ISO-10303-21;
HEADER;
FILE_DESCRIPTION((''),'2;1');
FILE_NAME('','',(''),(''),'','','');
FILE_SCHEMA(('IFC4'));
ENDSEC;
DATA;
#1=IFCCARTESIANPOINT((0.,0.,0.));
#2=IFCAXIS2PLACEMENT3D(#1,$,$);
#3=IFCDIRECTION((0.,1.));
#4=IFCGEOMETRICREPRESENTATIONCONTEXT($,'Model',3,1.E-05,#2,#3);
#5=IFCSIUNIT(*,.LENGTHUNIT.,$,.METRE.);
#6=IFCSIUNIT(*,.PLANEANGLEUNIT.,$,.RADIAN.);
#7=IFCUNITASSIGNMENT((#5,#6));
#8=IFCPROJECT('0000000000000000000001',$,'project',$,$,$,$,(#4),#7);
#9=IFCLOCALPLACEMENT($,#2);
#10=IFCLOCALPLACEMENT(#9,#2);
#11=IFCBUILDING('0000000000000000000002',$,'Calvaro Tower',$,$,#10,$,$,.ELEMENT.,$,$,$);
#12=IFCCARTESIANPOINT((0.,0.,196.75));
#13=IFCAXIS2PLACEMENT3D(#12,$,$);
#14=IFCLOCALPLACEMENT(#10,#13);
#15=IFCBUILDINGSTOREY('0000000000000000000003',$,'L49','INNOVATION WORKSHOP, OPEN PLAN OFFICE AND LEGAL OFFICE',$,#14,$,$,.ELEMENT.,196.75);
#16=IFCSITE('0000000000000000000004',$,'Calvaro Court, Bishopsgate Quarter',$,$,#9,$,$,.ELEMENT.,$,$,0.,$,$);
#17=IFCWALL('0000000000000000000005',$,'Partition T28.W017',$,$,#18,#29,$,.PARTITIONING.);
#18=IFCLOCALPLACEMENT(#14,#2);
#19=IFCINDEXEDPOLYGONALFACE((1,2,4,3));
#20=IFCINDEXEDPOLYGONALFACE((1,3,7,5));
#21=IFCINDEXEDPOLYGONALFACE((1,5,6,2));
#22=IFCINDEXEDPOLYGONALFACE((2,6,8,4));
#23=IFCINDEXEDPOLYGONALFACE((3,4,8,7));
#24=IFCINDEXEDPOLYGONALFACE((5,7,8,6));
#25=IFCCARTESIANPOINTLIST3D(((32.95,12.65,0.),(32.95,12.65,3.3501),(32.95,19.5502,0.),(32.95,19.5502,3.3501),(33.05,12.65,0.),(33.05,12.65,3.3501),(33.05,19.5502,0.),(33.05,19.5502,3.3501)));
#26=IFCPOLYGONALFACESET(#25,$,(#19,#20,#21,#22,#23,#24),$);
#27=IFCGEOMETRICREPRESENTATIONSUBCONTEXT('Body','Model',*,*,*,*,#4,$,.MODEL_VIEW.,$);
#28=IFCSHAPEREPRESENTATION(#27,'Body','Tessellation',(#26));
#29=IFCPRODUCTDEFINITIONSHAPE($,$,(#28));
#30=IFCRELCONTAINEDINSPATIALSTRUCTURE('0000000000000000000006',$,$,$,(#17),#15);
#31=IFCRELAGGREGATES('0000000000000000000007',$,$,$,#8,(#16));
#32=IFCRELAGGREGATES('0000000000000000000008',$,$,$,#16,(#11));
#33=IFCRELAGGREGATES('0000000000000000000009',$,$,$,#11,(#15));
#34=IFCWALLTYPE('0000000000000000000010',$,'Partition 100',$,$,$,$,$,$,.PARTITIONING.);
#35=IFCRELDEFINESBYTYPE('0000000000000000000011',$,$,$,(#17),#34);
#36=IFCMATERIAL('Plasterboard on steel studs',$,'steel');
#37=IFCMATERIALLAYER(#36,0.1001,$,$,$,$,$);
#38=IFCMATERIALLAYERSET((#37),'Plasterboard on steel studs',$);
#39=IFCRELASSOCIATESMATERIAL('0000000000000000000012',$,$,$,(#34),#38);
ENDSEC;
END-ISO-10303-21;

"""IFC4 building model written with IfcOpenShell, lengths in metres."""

from ifc_helpers import new_model, si_unit, direction, frame, frame_2d, origin, place, context, subcontext, project, spatial, rectangle, extrude, material, layer, layer_set, type_object, element, save


model = new_model("IFC4")

# Units and contexts
model_context = context("Model", 3, precision=1e-05, world=origin(), true_north=direction((0.0, 1.0)))
body_context = subcontext(model_context, "Body", "Model", "MODEL_VIEW")
ifc_project = project(units=[si_unit("LENGTHUNIT", "METRE"), si_unit("PLANEANGLEUNIT", "RADIAN")], contexts=[model_context])

# Site, building, storey
site_placement = place(None, origin())
site = spatial("IfcSite", under=ifc_project, at=site_placement, Name="Calvaro Court, Bishopsgate Quarter", CompositionType="ELEMENT", RefElevation=0.0)
building_placement = place(site_placement, origin())
building = spatial("IfcBuilding", under=site, at=building_placement, Name="Calvaro Tower", CompositionType="ELEMENT")
storey_placement = place(building_placement, frame((0.0, 0.0, 196.75)))
storey = spatial("IfcBuildingStorey", under=building, at=storey_placement, Name="L49", Description="INNOVATION WORKSHOP, OPEN PLAN OFFICE AND LEGAL OFFICE", CompositionType="ELEMENT", Elevation=196.75)

# Shared definitions
ifc_material_1 = material(Name="Plasterboard on steel studs", Category="steel")
ifc_layer_1 = layer(ifc_material_1, 0.1001)
ifc_layer_set_1 = layer_set([ifc_layer_1], Name="Plasterboard on steel studs")
wall_type_1 = type_object("IfcWallType", Name="Partition 100", PredefinedType="PARTITIONING", material=ifc_layer_set_1)

# Wall
wall_1_placement = place(storey_placement, frame((33.0, 12.6499, 0.0), z_axis=(0.0, 0.0, 1.0), x_axis=(0.0, 1.0, 0.0)))
element("IfcWall", 1, at=wall_1_placement, inside=storey, type_object=wall_type_1, Name="Partition T28.W017", PredefinedType="PARTITIONING", context=body_context, shape_type="SweptSolid", body=[
    extrude(rectangle(XDim=6.9001, YDim=0.1001, at=frame_2d((3.4502, 0.0))), origin(), (0.0, 0.0, 1.0), 3.3501),
])

save(model, "model.ifc")
